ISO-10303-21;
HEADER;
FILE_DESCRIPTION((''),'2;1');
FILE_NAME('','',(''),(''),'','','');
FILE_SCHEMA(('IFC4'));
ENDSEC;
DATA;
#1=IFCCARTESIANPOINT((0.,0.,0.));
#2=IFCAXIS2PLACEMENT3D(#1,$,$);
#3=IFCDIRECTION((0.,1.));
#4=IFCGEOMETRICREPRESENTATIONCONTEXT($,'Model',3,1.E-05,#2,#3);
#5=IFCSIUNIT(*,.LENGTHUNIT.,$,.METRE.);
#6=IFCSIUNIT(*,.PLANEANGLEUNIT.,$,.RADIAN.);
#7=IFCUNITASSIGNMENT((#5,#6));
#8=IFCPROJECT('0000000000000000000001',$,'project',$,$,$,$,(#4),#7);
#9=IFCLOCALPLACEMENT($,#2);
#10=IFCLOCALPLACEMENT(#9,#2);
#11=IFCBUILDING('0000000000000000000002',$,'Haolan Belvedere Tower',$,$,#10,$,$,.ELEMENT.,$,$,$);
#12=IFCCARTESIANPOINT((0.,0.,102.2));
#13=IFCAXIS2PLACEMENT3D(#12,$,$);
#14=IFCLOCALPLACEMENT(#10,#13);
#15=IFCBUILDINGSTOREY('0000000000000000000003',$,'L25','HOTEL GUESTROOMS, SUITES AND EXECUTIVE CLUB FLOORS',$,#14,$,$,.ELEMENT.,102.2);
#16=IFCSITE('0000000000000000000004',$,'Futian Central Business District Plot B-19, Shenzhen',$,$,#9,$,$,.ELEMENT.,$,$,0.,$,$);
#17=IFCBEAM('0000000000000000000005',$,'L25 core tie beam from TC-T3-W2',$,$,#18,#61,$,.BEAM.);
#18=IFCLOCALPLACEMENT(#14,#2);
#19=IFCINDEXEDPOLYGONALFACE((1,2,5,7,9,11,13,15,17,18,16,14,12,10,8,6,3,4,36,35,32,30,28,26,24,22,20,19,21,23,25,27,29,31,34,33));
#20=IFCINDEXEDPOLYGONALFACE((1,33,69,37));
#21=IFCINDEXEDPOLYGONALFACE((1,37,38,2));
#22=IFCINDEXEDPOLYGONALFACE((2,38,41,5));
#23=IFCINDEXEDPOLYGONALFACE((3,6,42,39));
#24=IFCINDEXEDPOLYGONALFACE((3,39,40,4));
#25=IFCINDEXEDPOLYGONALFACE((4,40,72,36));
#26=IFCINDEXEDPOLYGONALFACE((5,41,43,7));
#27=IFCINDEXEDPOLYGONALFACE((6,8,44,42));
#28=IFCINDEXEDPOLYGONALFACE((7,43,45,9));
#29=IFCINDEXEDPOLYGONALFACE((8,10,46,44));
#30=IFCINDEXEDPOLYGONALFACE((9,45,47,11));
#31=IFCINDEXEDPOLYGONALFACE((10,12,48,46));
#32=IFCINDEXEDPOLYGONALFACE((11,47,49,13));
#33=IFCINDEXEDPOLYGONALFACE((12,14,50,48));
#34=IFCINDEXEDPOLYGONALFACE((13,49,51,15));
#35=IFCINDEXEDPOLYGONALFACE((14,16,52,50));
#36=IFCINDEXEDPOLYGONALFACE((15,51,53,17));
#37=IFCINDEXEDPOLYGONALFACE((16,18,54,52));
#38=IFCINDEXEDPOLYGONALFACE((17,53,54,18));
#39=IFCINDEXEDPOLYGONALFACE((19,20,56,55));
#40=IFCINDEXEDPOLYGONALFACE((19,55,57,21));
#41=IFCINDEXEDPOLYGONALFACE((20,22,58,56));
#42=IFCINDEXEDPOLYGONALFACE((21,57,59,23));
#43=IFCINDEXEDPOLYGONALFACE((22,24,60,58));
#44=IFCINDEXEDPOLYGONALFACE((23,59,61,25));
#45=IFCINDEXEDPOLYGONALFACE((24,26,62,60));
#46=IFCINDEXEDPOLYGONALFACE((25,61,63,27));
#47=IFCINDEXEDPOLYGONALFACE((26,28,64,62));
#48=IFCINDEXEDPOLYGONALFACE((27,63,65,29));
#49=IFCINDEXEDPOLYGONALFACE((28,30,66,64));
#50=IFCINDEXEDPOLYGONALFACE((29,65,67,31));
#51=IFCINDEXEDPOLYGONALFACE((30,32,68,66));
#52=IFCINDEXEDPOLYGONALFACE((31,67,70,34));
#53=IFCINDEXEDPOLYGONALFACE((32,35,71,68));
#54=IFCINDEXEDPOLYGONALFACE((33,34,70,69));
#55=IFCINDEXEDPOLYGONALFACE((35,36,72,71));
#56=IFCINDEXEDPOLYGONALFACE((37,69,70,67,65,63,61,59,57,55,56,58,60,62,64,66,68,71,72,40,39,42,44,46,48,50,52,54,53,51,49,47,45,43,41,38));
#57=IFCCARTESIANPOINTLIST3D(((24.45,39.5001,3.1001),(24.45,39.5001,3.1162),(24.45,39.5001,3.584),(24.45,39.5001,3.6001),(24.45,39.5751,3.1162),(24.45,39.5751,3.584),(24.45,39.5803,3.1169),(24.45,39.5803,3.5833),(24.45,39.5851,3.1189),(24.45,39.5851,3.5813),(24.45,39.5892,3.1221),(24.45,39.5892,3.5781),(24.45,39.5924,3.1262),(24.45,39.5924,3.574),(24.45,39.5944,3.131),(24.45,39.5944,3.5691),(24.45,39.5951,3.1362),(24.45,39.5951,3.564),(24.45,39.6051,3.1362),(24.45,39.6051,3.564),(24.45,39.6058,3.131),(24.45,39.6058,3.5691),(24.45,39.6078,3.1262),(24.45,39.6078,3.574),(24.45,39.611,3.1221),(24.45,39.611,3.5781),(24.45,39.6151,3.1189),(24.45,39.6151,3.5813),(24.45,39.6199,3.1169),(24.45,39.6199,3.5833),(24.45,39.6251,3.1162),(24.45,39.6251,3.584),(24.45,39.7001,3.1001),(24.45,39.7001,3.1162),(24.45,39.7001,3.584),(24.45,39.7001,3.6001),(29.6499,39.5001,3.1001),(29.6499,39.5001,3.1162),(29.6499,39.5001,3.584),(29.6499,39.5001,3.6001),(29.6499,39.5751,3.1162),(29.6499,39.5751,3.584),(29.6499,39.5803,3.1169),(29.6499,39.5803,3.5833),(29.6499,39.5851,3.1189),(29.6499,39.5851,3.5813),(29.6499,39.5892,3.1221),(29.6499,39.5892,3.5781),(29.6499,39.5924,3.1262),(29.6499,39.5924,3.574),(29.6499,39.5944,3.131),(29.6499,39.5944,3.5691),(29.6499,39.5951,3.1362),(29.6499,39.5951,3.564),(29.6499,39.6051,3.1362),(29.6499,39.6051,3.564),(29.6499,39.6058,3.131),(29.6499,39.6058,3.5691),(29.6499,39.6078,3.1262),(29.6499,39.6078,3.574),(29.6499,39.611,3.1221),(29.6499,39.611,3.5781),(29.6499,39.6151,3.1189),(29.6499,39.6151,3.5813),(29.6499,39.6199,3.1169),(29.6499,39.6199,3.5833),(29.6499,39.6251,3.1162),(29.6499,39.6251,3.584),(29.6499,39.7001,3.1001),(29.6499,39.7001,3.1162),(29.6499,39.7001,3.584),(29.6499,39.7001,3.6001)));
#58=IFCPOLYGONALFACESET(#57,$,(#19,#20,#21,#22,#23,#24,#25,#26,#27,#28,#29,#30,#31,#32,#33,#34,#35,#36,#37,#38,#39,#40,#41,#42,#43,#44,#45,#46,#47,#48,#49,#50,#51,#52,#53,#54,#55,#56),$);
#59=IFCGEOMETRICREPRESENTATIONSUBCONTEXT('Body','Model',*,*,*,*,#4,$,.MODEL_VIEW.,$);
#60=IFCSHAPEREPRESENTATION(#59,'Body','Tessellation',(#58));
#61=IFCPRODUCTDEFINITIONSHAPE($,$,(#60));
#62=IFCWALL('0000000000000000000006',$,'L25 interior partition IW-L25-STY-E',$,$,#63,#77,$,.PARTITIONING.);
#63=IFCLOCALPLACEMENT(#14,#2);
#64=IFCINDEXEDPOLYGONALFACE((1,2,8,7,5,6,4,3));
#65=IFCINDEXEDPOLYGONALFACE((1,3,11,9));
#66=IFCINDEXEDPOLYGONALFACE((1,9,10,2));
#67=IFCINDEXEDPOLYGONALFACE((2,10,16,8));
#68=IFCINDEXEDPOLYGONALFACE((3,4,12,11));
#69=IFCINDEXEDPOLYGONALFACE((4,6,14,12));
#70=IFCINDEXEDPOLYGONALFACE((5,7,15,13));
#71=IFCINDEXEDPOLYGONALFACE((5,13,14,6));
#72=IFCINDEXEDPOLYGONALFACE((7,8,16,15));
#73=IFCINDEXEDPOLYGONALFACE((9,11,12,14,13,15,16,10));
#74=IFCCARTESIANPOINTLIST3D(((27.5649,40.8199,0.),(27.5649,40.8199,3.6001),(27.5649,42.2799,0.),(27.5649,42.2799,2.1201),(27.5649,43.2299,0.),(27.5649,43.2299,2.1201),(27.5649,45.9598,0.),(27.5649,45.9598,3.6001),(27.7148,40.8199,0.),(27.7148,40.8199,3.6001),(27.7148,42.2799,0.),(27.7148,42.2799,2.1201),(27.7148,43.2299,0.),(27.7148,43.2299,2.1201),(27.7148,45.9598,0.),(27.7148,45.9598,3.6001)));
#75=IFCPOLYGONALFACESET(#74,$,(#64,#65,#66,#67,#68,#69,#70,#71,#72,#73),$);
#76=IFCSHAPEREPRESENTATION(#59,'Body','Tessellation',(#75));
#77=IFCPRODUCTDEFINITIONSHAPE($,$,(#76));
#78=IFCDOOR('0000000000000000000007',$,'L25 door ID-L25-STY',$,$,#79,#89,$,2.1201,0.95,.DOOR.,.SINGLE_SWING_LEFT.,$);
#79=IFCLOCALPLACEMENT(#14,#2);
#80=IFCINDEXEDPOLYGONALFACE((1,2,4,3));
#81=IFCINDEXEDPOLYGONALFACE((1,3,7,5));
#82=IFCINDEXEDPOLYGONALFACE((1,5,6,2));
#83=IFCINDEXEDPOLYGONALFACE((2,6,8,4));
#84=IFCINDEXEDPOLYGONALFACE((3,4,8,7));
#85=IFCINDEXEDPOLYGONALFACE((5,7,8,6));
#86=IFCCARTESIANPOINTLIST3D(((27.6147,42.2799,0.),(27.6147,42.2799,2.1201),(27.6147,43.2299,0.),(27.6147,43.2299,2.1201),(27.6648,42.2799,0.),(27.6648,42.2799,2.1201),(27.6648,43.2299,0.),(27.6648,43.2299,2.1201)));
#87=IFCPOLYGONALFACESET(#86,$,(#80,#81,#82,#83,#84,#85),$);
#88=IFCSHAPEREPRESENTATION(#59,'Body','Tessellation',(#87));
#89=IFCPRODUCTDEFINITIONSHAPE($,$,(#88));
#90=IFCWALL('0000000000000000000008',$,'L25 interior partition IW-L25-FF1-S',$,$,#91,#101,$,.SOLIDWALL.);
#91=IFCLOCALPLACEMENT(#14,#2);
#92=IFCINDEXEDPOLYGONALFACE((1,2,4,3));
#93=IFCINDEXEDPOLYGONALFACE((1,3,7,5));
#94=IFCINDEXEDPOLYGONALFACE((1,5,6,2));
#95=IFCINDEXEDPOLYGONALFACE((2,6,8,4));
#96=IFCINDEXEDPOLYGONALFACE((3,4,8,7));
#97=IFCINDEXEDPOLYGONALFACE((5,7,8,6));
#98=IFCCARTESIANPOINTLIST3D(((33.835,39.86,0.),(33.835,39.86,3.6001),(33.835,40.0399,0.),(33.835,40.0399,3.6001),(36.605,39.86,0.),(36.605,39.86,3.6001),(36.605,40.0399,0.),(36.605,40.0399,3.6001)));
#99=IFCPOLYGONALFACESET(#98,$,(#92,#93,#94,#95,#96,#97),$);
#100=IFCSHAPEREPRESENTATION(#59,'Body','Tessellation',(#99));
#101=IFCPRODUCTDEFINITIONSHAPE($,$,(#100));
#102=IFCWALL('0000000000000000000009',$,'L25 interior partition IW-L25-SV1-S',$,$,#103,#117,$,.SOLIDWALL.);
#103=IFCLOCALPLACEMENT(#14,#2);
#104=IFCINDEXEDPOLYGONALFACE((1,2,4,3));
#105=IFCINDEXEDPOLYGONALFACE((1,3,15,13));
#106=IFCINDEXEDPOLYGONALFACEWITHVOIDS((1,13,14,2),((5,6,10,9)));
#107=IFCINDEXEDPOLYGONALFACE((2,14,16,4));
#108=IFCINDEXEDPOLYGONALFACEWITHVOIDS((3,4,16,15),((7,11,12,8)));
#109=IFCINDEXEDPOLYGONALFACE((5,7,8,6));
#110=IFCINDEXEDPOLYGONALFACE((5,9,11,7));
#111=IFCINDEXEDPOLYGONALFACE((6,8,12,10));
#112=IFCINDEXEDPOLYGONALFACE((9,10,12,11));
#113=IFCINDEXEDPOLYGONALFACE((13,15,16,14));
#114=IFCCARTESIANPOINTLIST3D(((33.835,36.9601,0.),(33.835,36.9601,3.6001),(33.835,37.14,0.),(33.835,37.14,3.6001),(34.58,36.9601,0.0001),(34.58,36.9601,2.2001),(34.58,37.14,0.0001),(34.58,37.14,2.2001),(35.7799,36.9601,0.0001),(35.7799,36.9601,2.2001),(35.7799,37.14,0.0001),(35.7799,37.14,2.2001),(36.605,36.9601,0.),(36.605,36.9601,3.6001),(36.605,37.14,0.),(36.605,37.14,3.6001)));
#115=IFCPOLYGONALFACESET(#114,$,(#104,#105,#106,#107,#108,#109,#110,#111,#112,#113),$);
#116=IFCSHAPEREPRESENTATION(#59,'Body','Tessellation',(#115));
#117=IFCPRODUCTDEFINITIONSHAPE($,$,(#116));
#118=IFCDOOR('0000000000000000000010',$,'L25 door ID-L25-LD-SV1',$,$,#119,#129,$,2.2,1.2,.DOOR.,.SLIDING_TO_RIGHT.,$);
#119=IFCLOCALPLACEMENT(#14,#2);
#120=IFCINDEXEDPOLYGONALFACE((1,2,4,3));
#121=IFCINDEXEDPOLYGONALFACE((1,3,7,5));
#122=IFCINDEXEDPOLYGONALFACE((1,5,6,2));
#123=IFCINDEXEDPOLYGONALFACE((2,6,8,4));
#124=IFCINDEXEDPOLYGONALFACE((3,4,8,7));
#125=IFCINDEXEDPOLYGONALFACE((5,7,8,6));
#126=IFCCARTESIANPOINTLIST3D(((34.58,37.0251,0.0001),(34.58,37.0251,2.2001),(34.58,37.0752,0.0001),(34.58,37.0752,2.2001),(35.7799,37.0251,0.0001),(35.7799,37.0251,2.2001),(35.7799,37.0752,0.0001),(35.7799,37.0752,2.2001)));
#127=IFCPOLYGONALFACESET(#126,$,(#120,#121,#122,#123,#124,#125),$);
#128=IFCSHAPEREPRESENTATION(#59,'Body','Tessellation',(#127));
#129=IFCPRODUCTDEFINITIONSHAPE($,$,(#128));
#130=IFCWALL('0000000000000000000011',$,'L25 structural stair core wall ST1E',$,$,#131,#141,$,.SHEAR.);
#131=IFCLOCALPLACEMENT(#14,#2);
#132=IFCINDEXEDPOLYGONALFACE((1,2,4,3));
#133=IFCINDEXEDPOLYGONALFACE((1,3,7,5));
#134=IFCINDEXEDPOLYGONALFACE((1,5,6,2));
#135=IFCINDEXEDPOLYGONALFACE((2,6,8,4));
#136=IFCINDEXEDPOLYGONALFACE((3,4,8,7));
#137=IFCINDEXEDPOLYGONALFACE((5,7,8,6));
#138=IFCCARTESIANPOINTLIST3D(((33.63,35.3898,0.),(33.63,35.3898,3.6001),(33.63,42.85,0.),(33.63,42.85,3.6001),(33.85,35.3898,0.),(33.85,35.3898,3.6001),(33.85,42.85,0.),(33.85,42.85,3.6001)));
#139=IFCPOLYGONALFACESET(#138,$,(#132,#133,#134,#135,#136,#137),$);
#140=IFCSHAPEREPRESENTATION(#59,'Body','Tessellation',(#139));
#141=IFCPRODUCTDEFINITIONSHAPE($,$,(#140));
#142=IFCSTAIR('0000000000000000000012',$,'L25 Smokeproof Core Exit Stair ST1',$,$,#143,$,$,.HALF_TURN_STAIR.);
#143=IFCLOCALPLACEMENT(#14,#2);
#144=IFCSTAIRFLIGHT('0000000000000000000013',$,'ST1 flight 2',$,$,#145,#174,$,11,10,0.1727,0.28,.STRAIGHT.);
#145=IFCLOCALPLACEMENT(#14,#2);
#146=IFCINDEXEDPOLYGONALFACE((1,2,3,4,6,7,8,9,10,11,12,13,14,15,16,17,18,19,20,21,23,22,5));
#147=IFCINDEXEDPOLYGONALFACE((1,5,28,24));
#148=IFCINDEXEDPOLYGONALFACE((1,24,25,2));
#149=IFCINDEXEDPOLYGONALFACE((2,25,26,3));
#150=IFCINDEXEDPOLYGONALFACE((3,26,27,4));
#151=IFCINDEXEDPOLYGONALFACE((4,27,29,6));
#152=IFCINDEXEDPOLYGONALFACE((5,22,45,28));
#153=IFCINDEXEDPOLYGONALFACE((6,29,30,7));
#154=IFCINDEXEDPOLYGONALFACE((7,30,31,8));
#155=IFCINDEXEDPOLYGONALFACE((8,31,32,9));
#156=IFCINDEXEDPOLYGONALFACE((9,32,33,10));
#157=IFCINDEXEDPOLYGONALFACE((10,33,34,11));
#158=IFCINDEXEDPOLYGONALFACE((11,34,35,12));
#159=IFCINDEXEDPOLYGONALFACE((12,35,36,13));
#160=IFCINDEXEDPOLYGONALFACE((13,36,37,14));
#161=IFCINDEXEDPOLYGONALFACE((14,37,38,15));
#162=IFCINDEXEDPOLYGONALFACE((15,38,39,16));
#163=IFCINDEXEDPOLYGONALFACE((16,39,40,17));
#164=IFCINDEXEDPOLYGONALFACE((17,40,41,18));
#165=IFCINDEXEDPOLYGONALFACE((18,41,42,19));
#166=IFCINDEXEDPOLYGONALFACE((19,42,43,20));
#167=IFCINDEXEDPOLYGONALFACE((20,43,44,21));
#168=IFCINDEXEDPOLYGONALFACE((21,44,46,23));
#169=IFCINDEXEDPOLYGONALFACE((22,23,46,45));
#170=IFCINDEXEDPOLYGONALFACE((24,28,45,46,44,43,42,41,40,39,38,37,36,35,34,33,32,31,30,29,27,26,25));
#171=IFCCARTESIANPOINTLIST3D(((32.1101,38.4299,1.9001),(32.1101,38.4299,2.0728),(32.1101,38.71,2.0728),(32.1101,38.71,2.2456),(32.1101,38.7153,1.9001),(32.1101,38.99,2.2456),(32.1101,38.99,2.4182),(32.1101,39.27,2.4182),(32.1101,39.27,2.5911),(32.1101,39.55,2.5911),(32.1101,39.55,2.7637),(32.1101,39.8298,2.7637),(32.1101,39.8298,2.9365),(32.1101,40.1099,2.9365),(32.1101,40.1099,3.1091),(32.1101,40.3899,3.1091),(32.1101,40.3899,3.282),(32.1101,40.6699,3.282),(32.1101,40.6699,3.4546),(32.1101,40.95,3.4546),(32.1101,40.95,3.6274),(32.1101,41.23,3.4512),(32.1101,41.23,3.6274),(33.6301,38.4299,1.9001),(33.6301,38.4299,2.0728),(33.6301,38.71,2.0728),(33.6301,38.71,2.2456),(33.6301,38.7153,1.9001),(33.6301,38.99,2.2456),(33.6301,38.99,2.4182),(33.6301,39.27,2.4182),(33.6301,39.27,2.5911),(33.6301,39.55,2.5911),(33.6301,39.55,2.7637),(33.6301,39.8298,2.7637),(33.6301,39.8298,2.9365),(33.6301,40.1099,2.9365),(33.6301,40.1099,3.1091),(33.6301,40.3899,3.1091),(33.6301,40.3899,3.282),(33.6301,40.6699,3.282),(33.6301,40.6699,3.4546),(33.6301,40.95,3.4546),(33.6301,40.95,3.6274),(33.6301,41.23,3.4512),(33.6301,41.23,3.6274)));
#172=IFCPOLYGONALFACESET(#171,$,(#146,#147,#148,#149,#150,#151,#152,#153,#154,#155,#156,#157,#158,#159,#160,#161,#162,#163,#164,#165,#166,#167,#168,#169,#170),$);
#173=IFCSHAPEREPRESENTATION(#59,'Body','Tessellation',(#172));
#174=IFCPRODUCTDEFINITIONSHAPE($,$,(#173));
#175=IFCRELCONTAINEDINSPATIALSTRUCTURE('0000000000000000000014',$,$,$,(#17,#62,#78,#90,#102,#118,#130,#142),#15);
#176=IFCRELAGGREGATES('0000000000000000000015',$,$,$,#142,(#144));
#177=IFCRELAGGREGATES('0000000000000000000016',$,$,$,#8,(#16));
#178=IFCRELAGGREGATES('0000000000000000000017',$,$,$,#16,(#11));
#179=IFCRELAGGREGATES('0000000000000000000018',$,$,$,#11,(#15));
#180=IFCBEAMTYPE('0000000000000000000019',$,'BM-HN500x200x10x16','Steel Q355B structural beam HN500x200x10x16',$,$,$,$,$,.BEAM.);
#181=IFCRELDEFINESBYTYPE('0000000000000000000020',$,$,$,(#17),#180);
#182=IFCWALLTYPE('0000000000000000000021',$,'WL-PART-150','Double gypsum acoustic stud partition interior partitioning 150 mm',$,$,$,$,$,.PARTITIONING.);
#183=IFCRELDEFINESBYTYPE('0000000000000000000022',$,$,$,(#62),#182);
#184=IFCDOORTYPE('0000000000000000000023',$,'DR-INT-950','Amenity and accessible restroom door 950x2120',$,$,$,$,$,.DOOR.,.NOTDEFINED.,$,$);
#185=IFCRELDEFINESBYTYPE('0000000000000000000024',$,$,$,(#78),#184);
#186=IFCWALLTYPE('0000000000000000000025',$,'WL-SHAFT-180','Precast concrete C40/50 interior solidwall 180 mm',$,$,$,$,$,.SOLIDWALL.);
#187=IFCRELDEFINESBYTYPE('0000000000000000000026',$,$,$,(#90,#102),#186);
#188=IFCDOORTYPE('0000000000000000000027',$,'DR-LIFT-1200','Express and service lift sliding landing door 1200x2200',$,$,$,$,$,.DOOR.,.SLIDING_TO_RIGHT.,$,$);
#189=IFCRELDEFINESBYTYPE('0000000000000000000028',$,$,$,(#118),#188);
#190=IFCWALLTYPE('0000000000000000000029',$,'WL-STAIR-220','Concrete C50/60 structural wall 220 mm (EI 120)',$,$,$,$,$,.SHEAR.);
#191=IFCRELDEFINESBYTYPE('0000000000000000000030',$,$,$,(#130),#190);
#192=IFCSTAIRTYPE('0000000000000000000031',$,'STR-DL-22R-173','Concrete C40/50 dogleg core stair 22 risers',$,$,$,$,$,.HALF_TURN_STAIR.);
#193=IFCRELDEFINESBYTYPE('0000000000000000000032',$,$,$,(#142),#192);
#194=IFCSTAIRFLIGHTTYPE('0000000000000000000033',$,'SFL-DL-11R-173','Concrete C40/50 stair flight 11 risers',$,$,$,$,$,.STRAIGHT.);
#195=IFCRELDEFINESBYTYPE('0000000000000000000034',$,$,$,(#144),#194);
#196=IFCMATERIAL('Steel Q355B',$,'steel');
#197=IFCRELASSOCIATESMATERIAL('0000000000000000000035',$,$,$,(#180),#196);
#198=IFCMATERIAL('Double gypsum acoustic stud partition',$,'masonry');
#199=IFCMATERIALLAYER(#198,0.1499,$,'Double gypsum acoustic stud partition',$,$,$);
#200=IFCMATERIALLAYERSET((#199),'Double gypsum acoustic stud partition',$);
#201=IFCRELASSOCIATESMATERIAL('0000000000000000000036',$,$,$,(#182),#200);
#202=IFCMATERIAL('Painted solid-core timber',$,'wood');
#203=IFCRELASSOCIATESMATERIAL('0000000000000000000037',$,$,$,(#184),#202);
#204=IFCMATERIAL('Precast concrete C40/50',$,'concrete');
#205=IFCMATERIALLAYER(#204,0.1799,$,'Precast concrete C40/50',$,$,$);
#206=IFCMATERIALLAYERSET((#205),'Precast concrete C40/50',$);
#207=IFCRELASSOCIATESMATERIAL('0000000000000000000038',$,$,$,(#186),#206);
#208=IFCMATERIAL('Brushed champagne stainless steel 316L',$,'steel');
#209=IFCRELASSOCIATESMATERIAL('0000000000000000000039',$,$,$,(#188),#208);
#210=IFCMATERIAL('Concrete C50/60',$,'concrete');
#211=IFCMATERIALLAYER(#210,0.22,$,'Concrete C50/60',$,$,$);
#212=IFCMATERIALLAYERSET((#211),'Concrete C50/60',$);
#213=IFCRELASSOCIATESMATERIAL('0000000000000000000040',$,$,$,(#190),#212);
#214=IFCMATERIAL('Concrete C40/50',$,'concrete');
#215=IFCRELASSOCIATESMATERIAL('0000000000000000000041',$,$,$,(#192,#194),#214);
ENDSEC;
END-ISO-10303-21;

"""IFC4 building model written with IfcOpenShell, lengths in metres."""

from ifc_helpers import new_model, si_unit, direction, frame, frame_2d, origin, origin_2d, place, context, subcontext, project, spatial, polyline, rectangle, i_section, outline, extrude, material, layer, layer_set, material_profile, profile_set, type_object, element, fill, aggregate, save


model = new_model("IFC4")

# Units and contexts
model_context = context("Model", 3, precision=1e-05, world=origin(), true_north=direction((0.0, 1.0)))
body_context = subcontext(model_context, "Body", "Model", "MODEL_VIEW")
ifc_project = project(units=[si_unit("LENGTHUNIT", "METRE"), si_unit("PLANEANGLEUNIT", "RADIAN")], contexts=[model_context])

# Site, building, storey
site_placement = place(None, origin())
site = spatial("IfcSite", under=ifc_project, at=site_placement, Name="Futian Central Business District Plot B-19, Shenzhen", CompositionType="ELEMENT", RefElevation=0.0)
building_placement = place(site_placement, origin())
building = spatial("IfcBuilding", under=site, at=building_placement, Name="Haolan Belvedere Tower", CompositionType="ELEMENT")
storey_placement = place(building_placement, frame((0.0, 0.0, 102.2)))
storey = spatial("IfcBuildingStorey", under=building, at=storey_placement, Name="L25", Description="HOTEL GUESTROOMS, SUITES AND EXECUTIVE CLUB FLOORS", CompositionType="ELEMENT", Elevation=102.2)

# Beam
ifc_material_1 = material(Name="Steel Q355B", Category="steel")
ifc_material_profile = material_profile(ifc_material_1, i_section(OverallWidth=0.2, OverallDepth=0.5, WebThickness=0.01, FlangeThickness=0.0161, FilletRadius=0.02, at=origin_2d()), Name="Steel Q355B")
ifc_profile_set = profile_set([ifc_material_profile], Name="Steel Q355B")
beam_type = type_object("IfcBeamType", Name="BM-HN500x200x10x16", Description="Steel Q355B structural beam HN500x200x10x16", PredefinedType="BEAM", material=ifc_profile_set)
beam_placement = place(storey_placement, frame((24.45, 39.6001, 3.3501), z_axis=(1.0, 0.0, 0.0), x_axis=(0.0, 1.0, 0.0)))
element("IfcBeam", 1, at=beam_placement, inside=storey, type_object=beam_type, Name="L25 core tie beam from TC-T3-W2", PredefinedType="BEAM", context=body_context, shape_type="SweptSolid", body=[
    extrude(i_section(OverallWidth=0.2, OverallDepth=0.5, WebThickness=0.01, FlangeThickness=0.0161, FilletRadius=0.02, at=origin_2d()), origin(), (0.0, 0.0, 1.0), 5.2),
])

# Wall, opening, door
ifc_material_2 = material(Name="Double gypsum acoustic stud partition", Category="masonry")
ifc_layer_1 = layer(ifc_material_2, 0.1499, Name="Double gypsum acoustic stud partition")
ifc_layer_set_1 = layer_set([ifc_layer_1], Name="Double gypsum acoustic stud partition")
wall_type_1 = type_object("IfcWallType", Name="WL-PART-150", Description="Double gypsum acoustic stud partition interior partitioning 150 mm", PredefinedType="PARTITIONING", material=ifc_layer_set_1)
ifc_material_3 = material(Name="Painted solid-core timber", Category="wood")
door_type_1 = type_object("IfcDoorType", Name="DR-INT-950", Description="Amenity and accessible restroom door 950x2120", OperationType="NOTDEFINED", PredefinedType="DOOR", material=ifc_material_3)
wall_1_placement = place(storey_placement, frame((27.6399, 40.8201, 0.0), z_axis=(0.0, 0.0, 1.0), x_axis=(0.0, 1.0, 0.0)))
wall_1 = element("IfcWall", 2, at=wall_1_placement, inside=storey, type_object=wall_type_1, Name="L25 interior partition IW-L25-STY-E", PredefinedType="PARTITIONING", context=body_context, shape_type="SweptSolid", body=[
    extrude(rectangle(XDim=5.1399, YDim=0.1499, at=frame_2d((2.5698, 0.0))), origin(), (0.0, 0.0, 1.0), 3.6001),
])
opening_1_placement = place(wall_1_placement, frame((2.4099, 0.0, 0.0), z_axis=(0.0, 0.0, 1.0), x_axis=(-1.0, 0.0, 0.0)))
opening_1 = element("IfcOpeningElement", 3, at=opening_1_placement, cuts=wall_1, PredefinedType="OPENING", context=body_context, shape_type="SweptSolid", body=[
    extrude(rectangle(XDim=0.95, YDim=2.1201, at=frame_2d((0.4751, 1.0601))), frame((0.0, 0.085, 0.0), z_axis=(0.0, -1.0, 0.0), x_axis=(1.0, 0.0, 0.0)), (0.0, 0.0, 1.0), 0.1699),
])
door_1_placement = place(opening_1_placement, origin())
door_1 = element("IfcDoor", 4, at=door_1_placement, inside=storey, type_object=door_type_1, Name="L25 door ID-L25-STY", OperationType="SINGLE_SWING_LEFT", OverallHeight=2.1201, OverallWidth=0.95, PredefinedType="DOOR", context=body_context, shape_type="SweptSolid", body=[
    extrude(rectangle(XDim=0.95, YDim=2.1201, at=frame_2d((0.4751, 1.0601))), frame((0.0, 0.0249, 0.0), z_axis=(0.0, -1.0, 0.0), x_axis=(1.0, 0.0, 0.0)), (0.0, 0.0, 1.0), 0.05),
])
fill(opening_1, door_1)

# Wall
ifc_material_4 = material(Name="Precast concrete C40/50", Category="concrete")
ifc_layer_2 = layer(ifc_material_4, 0.1799, Name="Precast concrete C40/50")
ifc_layer_set_2 = layer_set([ifc_layer_2], Name="Precast concrete C40/50")
wall_type_2 = type_object("IfcWallType", Name="WL-SHAFT-180", Description="Precast concrete C40/50 interior solidwall 180 mm", PredefinedType="SOLIDWALL", material=ifc_layer_set_2)
wall_2_placement = place(storey_placement, frame((33.835, 39.95, 0.0), z_axis=(0.0, 0.0, 1.0), x_axis=(1.0, 0.0, 0.0)))
element("IfcWall", 5, at=wall_2_placement, inside=storey, type_object=wall_type_2, Name="L25 interior partition IW-L25-FF1-S", PredefinedType="SOLIDWALL", context=body_context, shape_type="SweptSolid", body=[
    extrude(rectangle(XDim=2.77, YDim=0.1799, at=frame_2d((1.385, 0.0))), origin(), (0.0, 0.0, 1.0), 3.6001),
])

# Wall, opening, door
wall_3_placement = place(storey_placement, frame((33.835, 37.05, 0.0), z_axis=(0.0, 0.0, 1.0), x_axis=(1.0, 0.0, 0.0)))
wall_3 = element("IfcWall", 6, at=wall_3_placement, inside=storey, type_object=wall_type_2, Name="L25 interior partition IW-L25-SV1-S", PredefinedType="SOLIDWALL", context=body_context, shape_type="SweptSolid", body=[
    extrude(rectangle(XDim=2.77, YDim=0.1799, at=frame_2d((1.385, 0.0))), origin(), (0.0, 0.0, 1.0), 3.6001),
])
opening_2_placement = place(wall_3_placement, frame((1.9451, 0.0, 0.0), z_axis=(0.0, 0.0, 1.0), x_axis=(-1.0, 0.0, 0.0)))
opening_2 = element("IfcOpeningElement", 7, at=opening_2_placement, cuts=wall_3, PredefinedType="OPENING", context=body_context, shape_type="SweptSolid", body=[
    extrude(rectangle(XDim=1.2, YDim=2.2, at=frame_2d((0.6001, 1.1001))), frame((0.0, 0.0999, 0.0), z_axis=(0.0, -1.0, 0.0), x_axis=(1.0, 0.0, 0.0)), (0.0, 0.0, 1.0), 0.2),
])
ifc_material_5 = material(Name="Brushed champagne stainless steel 316L", Category="steel")
door_type_2 = type_object("IfcDoorType", Name="DR-LIFT-1200", Description="Express and service lift sliding landing door 1200x2200", OperationType="SLIDING_TO_RIGHT", PredefinedType="DOOR", material=ifc_material_5)
door_2_placement = place(opening_2_placement, origin())
door_2 = element("IfcDoor", 8, at=door_2_placement, inside=storey, type_object=door_type_2, Name="L25 door ID-L25-LD-SV1", OperationType="SLIDING_TO_RIGHT", OverallHeight=2.2, OverallWidth=1.2, PredefinedType="DOOR", context=body_context, shape_type="SweptSolid", body=[
    extrude(rectangle(XDim=1.2, YDim=2.2, at=frame_2d((0.6001, 1.1001))), frame((0.0, 0.0249, 0.0), z_axis=(0.0, -1.0, 0.0), x_axis=(1.0, 0.0, 0.0)), (0.0, 0.0, 1.0), 0.05),
])
fill(opening_2, door_2)

# Wall
ifc_material_6 = material(Name="Concrete C50/60", Category="concrete")
ifc_layer_3 = layer(ifc_material_6, 0.22, Name="Concrete C50/60")
ifc_layer_set_3 = layer_set([ifc_layer_3], Name="Concrete C50/60")
wall_type_3 = type_object("IfcWallType", Name="WL-STAIR-220", Description="Concrete C50/60 structural wall 220 mm (EI 120)", PredefinedType="SHEAR", material=ifc_layer_set_3)
wall_4_placement = place(storey_placement, frame((33.74, 35.3899, 0.0), z_axis=(0.0, 0.0, 1.0), x_axis=(0.0, 1.0, 0.0)))
element("IfcWall", 9, at=wall_4_placement, inside=storey, type_object=wall_type_3, Name="L25 structural stair core wall ST1E", PredefinedType="SHEAR", context=body_context, shape_type="SweptSolid", body=[
    extrude(rectangle(XDim=7.4602, YDim=0.22, at=frame_2d((3.73, 0.0))), origin(), (0.0, 0.0, 1.0), 3.6001),
])

# Stair, stair flight
ifc_material_7 = material(Name="Concrete C40/50", Category="concrete")
stair_type = type_object("IfcStairType", Name="STR-DL-22R-173", Description="Concrete C40/50 dogleg core stair 22 risers", PredefinedType="HALF_TURN_STAIR", material=ifc_material_7)
stair_placement = place(storey_placement, origin())
stair = element("IfcStair", 10, at=stair_placement, inside=storey, type_object=stair_type, Name="L25 Smokeproof Core Exit Stair ST1", PredefinedType="HALF_TURN_STAIR")
stair_flight_type = type_object("IfcStairFlightType", Name="SFL-DL-11R-173", Description="Concrete C40/50 stair flight 11 risers", PredefinedType="STRAIGHT", material=ifc_material_7)
stair_flight_placement = place(storey_placement, frame((32.8701, 38.4299, 1.9001), z_axis=(0.0, 0.0, 1.0), x_axis=(0.0, 1.0, 0.0)))
stair_flight = element("IfcStairFlight", 11, at=stair_flight_placement, type_object=stair_flight_type, Name="ST1 flight 2", NumberOfRisers=11, NumberOfTreads=10, PredefinedType="STRAIGHT", RiserHeight=0.1727, TreadLength=0.28, context=body_context, shape_type="SweptSolid", body=[
    extrude(outline(polyline([(0.0, 0.0), (0.0, 0.1726), (0.28, 0.1726), (0.28, 0.3455), (0.5601, 0.3455), (0.5601, 0.5181), (0.8401, 0.5181), (0.8401, 0.6909), (1.1201, 0.6909), (1.1201, 0.8635), (1.3999, 0.8635), (1.3999, 1.0364), (1.6799, 1.0364), (1.6799, 1.209), (1.96, 1.209), (1.96, 1.3818), (2.24, 1.3818), (2.24, 1.5544), (2.52, 1.5544), (2.52, 1.7273), (2.8, 1.7273), (2.8, 1.8999), (2.8, 1.551), (0.2854, 0.0), (0.0, 0.0)])), frame((0.0, 0.76, 0.0), z_axis=(0.0, -1.0, 0.0), x_axis=(1.0, 0.0, 0.0)), (0.0, 0.0, 1.0), 1.52),
])
aggregate(stair, [stair_flight])

save(model, "model.ifc")
